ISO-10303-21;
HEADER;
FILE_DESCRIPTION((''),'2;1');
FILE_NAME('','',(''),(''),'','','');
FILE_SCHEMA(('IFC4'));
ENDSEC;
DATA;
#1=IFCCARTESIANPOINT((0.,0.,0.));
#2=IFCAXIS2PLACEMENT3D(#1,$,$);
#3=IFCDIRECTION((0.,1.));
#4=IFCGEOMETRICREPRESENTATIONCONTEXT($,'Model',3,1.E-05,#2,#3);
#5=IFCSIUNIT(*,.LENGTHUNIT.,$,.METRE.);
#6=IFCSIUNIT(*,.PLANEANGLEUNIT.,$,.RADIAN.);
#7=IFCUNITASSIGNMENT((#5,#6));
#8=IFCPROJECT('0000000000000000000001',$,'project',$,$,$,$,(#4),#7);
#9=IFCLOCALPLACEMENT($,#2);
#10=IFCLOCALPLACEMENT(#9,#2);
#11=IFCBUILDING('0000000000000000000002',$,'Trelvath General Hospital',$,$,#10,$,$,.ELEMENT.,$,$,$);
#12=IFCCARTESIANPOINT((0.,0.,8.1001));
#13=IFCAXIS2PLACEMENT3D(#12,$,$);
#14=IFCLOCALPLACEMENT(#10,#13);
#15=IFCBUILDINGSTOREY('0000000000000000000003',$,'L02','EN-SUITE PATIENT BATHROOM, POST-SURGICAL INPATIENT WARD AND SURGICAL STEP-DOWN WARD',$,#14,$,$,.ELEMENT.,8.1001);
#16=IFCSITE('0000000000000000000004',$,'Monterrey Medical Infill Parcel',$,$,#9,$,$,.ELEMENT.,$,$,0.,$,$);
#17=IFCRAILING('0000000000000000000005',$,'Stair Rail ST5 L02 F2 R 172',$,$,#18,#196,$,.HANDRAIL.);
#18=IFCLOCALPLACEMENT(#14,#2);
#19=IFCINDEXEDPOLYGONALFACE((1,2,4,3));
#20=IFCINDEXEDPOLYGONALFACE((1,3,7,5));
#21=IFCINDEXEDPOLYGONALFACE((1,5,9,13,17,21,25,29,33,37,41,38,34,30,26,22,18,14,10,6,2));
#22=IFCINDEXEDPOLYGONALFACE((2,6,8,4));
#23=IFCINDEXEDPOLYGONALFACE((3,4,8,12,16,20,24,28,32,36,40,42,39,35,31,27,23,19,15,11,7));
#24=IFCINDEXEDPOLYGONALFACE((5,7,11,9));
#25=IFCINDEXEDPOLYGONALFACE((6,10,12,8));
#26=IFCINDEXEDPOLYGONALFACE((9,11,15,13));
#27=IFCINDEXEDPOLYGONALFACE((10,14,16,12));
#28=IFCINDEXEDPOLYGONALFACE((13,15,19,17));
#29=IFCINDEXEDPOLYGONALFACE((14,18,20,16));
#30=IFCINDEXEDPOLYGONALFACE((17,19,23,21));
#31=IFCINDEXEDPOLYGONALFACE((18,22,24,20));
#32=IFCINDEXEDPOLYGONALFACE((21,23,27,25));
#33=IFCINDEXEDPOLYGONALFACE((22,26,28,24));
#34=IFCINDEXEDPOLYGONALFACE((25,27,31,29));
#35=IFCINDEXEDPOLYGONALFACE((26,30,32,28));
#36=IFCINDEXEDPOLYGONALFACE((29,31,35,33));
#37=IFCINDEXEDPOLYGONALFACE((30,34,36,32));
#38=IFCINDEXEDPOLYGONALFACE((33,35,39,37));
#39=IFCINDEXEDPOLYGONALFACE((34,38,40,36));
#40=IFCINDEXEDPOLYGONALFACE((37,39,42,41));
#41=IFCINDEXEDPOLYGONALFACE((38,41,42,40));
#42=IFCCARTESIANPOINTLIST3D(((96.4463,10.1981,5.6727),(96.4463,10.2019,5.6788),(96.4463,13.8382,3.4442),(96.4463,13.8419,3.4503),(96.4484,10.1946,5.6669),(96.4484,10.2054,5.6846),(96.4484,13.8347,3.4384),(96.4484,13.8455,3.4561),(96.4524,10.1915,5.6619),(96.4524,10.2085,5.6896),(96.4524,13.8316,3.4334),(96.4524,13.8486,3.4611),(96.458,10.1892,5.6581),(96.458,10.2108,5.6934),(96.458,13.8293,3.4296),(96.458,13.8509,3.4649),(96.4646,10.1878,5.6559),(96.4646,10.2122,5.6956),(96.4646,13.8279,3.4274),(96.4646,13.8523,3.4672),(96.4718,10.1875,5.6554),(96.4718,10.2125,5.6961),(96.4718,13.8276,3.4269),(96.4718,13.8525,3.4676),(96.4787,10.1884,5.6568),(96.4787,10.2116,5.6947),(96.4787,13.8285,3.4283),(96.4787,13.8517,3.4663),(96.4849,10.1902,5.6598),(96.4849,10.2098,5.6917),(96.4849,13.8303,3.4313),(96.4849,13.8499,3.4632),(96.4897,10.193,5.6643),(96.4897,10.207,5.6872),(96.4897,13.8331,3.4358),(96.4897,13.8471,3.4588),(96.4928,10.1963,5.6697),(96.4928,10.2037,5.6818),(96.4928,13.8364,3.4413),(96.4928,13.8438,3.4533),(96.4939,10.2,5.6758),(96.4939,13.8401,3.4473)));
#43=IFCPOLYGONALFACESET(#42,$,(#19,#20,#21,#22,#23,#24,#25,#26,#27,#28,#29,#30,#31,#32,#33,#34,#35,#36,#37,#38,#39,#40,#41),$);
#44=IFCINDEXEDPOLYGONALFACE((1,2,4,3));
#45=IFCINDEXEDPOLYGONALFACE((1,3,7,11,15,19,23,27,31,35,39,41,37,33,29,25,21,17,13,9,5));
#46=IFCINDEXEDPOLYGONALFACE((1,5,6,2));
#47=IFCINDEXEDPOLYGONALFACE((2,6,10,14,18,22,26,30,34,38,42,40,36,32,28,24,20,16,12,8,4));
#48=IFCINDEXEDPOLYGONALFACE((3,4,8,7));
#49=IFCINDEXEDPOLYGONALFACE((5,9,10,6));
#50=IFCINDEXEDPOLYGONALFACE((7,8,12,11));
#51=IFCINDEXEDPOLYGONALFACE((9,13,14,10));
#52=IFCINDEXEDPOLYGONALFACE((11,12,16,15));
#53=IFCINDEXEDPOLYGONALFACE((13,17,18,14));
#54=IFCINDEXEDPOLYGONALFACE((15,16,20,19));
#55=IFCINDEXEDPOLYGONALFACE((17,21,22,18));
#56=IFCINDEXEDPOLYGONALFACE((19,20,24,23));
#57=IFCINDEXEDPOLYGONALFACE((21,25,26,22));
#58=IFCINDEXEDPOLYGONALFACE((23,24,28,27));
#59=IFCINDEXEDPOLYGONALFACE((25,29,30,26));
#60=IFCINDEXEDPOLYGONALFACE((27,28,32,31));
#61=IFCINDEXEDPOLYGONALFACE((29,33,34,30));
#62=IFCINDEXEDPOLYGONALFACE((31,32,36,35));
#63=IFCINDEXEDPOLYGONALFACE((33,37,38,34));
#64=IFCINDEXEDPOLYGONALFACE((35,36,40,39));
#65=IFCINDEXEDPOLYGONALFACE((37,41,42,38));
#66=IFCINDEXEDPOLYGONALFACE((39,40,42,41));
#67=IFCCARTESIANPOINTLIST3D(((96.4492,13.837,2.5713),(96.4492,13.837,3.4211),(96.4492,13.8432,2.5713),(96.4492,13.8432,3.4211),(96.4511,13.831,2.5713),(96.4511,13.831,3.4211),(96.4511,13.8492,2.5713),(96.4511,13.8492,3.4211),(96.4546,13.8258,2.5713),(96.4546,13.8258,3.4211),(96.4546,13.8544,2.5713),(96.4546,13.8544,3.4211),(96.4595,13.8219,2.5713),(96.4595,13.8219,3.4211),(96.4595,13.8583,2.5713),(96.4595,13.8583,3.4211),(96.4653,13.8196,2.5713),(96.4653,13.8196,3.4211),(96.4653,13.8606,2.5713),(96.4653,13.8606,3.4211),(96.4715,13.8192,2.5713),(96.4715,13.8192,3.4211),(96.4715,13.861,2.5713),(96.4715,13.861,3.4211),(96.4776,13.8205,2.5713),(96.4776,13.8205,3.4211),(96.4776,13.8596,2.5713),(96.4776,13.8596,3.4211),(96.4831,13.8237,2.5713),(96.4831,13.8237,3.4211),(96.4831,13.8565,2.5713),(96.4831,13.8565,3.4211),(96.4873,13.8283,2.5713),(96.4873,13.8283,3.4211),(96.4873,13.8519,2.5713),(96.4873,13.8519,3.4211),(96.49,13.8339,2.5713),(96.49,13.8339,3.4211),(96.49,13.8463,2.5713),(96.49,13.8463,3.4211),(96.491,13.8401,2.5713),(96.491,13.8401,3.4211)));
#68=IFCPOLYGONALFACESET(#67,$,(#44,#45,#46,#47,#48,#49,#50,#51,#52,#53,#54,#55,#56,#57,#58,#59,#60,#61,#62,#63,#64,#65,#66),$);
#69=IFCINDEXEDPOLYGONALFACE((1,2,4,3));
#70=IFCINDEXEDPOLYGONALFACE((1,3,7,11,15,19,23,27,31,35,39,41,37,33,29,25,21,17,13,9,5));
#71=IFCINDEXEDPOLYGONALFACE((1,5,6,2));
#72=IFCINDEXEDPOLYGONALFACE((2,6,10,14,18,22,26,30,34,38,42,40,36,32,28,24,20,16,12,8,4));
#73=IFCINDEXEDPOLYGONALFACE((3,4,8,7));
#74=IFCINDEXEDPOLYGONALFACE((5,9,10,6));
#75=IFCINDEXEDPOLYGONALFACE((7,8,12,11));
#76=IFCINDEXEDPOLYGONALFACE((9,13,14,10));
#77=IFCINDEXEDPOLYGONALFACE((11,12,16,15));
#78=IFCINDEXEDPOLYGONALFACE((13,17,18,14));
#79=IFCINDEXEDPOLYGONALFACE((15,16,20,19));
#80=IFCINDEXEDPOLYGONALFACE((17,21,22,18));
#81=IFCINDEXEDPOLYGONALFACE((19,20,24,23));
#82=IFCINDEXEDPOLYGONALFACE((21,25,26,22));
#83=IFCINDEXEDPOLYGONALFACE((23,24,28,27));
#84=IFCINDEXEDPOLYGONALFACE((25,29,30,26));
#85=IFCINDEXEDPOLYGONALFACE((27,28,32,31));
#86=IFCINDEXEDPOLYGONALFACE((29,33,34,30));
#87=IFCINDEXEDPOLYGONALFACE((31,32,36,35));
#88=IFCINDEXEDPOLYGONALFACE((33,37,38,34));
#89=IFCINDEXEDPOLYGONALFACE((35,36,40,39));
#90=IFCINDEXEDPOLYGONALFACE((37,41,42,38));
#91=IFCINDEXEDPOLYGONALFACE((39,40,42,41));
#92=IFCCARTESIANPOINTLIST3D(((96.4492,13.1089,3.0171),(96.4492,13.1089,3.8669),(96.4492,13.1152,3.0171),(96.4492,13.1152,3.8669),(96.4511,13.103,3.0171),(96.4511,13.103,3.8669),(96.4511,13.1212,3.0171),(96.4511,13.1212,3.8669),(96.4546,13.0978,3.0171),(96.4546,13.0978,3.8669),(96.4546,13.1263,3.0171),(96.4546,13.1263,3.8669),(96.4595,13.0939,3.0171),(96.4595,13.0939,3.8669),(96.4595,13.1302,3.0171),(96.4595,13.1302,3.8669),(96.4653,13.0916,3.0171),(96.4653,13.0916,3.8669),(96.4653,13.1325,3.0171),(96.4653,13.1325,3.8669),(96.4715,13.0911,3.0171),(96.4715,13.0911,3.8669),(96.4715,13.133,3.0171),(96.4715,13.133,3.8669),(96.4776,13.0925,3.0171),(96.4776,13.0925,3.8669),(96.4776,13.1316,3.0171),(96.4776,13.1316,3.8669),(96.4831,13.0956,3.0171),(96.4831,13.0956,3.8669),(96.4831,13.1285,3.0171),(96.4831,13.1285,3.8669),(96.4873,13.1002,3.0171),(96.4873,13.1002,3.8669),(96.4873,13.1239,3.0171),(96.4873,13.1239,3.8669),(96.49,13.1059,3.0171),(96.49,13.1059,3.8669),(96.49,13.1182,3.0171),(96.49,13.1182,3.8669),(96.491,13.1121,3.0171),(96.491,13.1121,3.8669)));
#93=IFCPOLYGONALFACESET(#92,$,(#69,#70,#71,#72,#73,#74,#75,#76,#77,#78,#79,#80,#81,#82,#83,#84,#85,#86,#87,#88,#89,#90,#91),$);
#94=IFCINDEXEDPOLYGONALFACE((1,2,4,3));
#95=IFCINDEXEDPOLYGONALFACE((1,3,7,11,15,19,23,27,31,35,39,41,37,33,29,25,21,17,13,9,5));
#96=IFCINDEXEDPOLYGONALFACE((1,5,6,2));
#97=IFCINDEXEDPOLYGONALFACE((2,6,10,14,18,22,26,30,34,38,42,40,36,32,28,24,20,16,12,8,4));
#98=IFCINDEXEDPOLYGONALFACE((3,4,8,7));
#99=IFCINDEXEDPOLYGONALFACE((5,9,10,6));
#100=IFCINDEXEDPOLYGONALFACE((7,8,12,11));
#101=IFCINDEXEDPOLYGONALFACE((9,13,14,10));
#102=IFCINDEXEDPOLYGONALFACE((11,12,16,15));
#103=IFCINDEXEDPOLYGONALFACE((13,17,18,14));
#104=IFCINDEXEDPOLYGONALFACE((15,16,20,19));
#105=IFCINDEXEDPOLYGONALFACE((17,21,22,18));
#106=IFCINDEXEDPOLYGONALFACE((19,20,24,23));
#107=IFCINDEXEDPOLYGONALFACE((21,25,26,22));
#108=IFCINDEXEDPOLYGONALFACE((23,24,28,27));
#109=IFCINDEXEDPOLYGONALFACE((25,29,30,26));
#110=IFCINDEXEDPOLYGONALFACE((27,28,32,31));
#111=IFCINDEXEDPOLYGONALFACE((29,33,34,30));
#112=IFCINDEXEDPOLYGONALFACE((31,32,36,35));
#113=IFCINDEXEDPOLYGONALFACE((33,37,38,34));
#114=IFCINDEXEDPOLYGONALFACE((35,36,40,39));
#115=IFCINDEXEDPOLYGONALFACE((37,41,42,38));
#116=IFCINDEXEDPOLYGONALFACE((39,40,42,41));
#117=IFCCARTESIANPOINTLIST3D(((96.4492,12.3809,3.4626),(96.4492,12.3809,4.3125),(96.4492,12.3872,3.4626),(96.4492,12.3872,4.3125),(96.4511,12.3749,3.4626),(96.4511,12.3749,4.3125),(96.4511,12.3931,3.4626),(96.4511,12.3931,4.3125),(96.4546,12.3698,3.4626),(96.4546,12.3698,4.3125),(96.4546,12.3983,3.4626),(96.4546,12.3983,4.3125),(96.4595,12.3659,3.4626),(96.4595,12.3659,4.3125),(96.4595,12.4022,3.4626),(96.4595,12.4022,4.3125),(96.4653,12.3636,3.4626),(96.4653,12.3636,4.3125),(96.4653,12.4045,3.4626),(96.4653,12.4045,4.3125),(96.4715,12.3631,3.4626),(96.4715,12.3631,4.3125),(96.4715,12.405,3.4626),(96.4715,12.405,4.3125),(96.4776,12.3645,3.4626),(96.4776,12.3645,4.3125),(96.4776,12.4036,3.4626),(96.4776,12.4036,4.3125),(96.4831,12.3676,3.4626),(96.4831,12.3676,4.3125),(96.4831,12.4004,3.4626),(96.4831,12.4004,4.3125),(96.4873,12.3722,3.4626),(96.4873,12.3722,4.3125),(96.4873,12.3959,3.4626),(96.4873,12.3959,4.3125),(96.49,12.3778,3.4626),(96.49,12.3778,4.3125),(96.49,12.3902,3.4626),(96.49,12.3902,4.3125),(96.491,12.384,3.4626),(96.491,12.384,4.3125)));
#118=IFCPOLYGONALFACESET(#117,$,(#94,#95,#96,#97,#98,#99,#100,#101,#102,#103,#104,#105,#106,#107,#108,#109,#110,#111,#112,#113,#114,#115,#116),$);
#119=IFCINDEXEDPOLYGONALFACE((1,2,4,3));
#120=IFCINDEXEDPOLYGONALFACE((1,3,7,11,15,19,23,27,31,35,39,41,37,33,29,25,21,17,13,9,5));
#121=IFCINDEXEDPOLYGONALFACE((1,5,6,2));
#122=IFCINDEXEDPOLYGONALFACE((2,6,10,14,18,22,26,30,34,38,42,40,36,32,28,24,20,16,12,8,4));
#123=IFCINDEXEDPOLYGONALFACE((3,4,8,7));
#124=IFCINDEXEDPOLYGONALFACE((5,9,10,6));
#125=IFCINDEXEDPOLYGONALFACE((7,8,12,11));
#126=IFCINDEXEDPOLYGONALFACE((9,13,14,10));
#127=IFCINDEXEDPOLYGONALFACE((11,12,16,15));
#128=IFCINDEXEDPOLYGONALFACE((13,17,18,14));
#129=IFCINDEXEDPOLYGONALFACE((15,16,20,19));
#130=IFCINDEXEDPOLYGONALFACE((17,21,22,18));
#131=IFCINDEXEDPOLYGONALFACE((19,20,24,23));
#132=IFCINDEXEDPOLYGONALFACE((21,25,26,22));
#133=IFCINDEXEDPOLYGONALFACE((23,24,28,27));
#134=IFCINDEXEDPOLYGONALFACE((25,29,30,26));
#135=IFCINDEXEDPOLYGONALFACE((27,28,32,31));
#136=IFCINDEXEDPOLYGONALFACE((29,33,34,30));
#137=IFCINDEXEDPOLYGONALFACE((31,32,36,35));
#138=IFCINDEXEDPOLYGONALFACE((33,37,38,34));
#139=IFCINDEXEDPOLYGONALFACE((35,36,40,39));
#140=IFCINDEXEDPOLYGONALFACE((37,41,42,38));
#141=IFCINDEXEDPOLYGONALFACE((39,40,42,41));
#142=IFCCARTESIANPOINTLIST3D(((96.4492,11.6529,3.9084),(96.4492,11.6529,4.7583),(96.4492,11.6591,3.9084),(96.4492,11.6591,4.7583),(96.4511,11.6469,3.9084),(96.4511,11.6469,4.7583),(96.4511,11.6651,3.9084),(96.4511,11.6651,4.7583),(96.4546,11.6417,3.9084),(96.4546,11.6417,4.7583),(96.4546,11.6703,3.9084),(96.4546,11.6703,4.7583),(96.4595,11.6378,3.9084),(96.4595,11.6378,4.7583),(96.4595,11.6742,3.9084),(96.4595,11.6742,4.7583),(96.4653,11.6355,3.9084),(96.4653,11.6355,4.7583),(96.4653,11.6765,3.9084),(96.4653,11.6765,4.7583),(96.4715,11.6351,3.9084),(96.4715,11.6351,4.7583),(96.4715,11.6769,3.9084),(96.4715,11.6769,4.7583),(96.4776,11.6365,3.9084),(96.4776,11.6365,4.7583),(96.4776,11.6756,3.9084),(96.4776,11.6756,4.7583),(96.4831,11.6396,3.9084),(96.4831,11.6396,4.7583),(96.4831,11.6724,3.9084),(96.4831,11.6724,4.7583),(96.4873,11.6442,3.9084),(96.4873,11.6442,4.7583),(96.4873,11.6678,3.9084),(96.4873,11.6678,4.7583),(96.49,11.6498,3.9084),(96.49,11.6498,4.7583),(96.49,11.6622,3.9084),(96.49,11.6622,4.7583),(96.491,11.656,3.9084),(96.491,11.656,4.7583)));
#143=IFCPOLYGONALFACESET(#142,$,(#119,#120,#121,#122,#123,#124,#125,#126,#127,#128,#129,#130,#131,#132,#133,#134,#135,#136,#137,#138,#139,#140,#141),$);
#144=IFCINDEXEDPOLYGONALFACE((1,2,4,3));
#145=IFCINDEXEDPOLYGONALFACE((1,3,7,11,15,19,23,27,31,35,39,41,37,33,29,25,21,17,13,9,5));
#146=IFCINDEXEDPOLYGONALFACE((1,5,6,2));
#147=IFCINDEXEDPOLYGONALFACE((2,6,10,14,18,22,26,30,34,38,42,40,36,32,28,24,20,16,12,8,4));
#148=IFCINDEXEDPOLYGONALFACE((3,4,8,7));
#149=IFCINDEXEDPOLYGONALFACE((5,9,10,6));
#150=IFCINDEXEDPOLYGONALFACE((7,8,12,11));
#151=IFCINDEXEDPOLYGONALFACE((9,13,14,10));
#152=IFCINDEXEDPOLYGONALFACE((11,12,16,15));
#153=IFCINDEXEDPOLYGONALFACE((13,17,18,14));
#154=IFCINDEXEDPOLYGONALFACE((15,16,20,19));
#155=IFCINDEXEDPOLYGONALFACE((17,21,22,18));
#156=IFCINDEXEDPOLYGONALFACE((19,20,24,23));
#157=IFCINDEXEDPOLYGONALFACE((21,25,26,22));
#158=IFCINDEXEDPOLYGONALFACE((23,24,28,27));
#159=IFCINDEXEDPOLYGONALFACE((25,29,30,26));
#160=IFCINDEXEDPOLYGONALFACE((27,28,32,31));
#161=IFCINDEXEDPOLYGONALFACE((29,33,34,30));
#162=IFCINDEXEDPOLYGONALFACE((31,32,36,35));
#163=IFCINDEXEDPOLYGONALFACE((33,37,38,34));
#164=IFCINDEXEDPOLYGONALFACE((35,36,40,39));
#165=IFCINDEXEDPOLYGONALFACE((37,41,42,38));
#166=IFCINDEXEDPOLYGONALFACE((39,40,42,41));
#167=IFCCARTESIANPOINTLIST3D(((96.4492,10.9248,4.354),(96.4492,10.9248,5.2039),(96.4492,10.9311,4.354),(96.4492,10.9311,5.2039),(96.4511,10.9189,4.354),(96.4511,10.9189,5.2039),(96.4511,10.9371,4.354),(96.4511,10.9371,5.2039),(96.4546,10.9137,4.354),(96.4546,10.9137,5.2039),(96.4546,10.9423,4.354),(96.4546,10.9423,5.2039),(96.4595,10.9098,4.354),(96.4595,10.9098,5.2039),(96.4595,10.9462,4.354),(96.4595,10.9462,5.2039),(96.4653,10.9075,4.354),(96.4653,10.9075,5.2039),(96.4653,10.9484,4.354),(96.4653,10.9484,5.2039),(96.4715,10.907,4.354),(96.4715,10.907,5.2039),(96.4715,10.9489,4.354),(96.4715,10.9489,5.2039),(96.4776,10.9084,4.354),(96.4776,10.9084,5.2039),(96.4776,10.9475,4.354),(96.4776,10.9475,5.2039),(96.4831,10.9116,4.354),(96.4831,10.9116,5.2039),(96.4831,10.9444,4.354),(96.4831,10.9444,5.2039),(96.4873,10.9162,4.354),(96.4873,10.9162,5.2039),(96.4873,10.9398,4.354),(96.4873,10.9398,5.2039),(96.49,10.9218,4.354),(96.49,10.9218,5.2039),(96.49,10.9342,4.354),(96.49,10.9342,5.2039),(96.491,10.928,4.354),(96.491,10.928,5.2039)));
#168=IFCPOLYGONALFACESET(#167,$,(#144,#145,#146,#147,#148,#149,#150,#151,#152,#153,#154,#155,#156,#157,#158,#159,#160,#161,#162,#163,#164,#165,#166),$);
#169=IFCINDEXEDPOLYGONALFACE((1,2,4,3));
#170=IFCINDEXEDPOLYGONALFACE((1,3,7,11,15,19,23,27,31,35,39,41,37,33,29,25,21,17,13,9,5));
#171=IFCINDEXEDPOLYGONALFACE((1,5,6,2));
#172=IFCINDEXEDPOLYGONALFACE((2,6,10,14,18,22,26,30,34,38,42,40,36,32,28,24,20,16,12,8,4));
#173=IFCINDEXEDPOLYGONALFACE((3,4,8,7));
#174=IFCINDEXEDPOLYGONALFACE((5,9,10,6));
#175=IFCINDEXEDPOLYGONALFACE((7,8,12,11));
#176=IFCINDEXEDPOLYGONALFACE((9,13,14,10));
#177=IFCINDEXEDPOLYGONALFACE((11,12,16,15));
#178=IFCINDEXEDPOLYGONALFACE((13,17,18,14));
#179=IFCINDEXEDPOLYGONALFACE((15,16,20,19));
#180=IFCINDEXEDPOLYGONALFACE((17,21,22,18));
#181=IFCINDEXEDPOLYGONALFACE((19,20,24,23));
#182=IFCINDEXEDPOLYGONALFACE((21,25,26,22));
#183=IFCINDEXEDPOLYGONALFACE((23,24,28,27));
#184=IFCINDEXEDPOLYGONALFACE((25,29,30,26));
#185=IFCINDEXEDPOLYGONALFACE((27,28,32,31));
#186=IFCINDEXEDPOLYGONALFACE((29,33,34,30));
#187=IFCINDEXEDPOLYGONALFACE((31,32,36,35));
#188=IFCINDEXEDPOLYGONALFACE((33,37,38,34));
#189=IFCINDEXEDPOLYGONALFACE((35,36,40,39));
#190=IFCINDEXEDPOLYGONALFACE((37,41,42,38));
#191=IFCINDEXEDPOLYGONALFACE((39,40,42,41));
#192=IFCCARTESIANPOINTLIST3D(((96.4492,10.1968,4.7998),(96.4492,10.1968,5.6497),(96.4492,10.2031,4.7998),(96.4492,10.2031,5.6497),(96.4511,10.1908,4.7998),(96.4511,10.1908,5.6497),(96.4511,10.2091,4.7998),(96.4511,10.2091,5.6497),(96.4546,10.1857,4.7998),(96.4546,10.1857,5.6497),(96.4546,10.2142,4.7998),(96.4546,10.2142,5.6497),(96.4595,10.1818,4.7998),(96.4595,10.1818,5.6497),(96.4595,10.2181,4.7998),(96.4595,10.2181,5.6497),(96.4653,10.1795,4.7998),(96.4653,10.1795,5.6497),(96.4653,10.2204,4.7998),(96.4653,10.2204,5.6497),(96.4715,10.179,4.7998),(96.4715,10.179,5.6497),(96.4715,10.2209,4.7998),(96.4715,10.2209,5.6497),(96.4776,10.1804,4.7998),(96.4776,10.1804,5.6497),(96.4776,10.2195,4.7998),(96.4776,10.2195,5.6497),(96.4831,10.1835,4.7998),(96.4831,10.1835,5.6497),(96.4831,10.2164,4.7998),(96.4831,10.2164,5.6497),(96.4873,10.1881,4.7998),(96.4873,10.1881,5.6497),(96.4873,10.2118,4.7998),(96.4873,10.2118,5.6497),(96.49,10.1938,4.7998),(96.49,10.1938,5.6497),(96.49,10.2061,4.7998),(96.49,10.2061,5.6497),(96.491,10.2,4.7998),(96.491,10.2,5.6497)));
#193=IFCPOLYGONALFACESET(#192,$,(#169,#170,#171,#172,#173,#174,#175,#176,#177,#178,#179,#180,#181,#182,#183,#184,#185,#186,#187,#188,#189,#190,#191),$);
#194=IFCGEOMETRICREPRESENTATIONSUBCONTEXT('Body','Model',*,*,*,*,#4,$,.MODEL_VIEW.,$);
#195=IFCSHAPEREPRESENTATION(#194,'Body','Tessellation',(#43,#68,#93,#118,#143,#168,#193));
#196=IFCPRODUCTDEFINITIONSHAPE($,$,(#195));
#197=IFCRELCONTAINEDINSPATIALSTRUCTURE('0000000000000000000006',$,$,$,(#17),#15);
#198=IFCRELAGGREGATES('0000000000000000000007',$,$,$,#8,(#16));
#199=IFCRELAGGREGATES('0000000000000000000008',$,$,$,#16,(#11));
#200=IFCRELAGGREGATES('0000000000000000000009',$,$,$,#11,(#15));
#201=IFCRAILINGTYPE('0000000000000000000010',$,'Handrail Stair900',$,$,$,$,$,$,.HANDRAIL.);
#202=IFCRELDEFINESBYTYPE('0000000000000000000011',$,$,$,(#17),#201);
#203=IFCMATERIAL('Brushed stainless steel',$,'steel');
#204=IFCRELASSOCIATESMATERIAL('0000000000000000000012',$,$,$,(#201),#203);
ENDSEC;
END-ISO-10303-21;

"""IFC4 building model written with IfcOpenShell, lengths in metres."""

from ifc_helpers import new_model, si_unit, direction, frame, origin, origin_2d, place, context, subcontext, project, spatial, circle, extrude, material, type_object, element, save


model = new_model("IFC4")

# Units and contexts
model_context = context("Model", 3, precision=1e-05, world=origin(), true_north=direction((0.0, 1.0)))
body_context = subcontext(model_context, "Body", "Model", "MODEL_VIEW")
ifc_project = project(units=[si_unit("LENGTHUNIT", "METRE"), si_unit("PLANEANGLEUNIT", "RADIAN")], contexts=[model_context])

# Site, building, storey
site_placement = place(None, origin())
site = spatial("IfcSite", under=ifc_project, at=site_placement, Name="Monterrey Medical Infill Parcel", CompositionType="ELEMENT", RefElevation=0.0)
building_placement = place(site_placement, origin())
building = spatial("IfcBuilding", under=site, at=building_placement, Name="Trelvath General Hospital", CompositionType="ELEMENT")
storey_placement = place(building_placement, frame((0.0, 0.0, 8.1001)))
storey = spatial("IfcBuildingStorey", under=building, at=storey_placement, Name="L02", Description="EN-SUITE PATIENT BATHROOM, POST-SURGICAL INPATIENT WARD AND SURGICAL STEP-DOWN WARD", CompositionType="ELEMENT", Elevation=8.1001)

# Railing
ifc_material_1 = material(Name="Brushed stainless steel", Category="steel")
railing_type_1 = type_object("IfcRailingType", Name="Handrail Stair900", PredefinedType="HANDRAIL", material=ifc_material_1)
railing_1_placement = place(storey_placement, frame((96.47, 13.8401, 2.5713)))
element("IfcRailing", 1, at=railing_1_placement, inside=storey, type_object=railing_type_1, Name="Stair Rail ST5 L02 F2 R 172", PredefinedType="HANDRAIL", context=body_context, shape_type="SweptSolid", body=[
    extrude(circle(Radius=0.0239, at=origin_2d()), frame((0.0, 0.0, 0.876), z_axis=(0.0, -0.852866, 0.52213), x_axis=(1.0, 0.0, 0.0)), (0.0, 0.0, 1.0), 4.2681),
    extrude(circle(Radius=0.021, at=origin_2d()), origin(), (0.0, 0.0, 1.0), 0.8499),
    extrude(circle(Radius=0.021, at=origin_2d()), frame((0.0, -0.728, 0.4458)), (0.0, 0.0, 1.0), 0.8499),
    extrude(circle(Radius=0.021, at=origin_2d()), frame((0.0, -1.4561, 0.8914)), (0.0, 0.0, 1.0), 0.8499),
    extrude(circle(Radius=0.021, at=origin_2d()), frame((0.0, -2.1841, 1.3372)), (0.0, 0.0, 1.0), 0.8499),
    extrude(circle(Radius=0.021, at=origin_2d()), frame((0.0, -2.9121, 1.7827)), (0.0, 0.0, 1.0), 0.8499),
    extrude(circle(Radius=0.021, at=origin_2d()), frame((0.0, -3.6401, 2.2285)), (0.0, 0.0, 1.0), 0.8499),
])

save(model, "model.ifc")
